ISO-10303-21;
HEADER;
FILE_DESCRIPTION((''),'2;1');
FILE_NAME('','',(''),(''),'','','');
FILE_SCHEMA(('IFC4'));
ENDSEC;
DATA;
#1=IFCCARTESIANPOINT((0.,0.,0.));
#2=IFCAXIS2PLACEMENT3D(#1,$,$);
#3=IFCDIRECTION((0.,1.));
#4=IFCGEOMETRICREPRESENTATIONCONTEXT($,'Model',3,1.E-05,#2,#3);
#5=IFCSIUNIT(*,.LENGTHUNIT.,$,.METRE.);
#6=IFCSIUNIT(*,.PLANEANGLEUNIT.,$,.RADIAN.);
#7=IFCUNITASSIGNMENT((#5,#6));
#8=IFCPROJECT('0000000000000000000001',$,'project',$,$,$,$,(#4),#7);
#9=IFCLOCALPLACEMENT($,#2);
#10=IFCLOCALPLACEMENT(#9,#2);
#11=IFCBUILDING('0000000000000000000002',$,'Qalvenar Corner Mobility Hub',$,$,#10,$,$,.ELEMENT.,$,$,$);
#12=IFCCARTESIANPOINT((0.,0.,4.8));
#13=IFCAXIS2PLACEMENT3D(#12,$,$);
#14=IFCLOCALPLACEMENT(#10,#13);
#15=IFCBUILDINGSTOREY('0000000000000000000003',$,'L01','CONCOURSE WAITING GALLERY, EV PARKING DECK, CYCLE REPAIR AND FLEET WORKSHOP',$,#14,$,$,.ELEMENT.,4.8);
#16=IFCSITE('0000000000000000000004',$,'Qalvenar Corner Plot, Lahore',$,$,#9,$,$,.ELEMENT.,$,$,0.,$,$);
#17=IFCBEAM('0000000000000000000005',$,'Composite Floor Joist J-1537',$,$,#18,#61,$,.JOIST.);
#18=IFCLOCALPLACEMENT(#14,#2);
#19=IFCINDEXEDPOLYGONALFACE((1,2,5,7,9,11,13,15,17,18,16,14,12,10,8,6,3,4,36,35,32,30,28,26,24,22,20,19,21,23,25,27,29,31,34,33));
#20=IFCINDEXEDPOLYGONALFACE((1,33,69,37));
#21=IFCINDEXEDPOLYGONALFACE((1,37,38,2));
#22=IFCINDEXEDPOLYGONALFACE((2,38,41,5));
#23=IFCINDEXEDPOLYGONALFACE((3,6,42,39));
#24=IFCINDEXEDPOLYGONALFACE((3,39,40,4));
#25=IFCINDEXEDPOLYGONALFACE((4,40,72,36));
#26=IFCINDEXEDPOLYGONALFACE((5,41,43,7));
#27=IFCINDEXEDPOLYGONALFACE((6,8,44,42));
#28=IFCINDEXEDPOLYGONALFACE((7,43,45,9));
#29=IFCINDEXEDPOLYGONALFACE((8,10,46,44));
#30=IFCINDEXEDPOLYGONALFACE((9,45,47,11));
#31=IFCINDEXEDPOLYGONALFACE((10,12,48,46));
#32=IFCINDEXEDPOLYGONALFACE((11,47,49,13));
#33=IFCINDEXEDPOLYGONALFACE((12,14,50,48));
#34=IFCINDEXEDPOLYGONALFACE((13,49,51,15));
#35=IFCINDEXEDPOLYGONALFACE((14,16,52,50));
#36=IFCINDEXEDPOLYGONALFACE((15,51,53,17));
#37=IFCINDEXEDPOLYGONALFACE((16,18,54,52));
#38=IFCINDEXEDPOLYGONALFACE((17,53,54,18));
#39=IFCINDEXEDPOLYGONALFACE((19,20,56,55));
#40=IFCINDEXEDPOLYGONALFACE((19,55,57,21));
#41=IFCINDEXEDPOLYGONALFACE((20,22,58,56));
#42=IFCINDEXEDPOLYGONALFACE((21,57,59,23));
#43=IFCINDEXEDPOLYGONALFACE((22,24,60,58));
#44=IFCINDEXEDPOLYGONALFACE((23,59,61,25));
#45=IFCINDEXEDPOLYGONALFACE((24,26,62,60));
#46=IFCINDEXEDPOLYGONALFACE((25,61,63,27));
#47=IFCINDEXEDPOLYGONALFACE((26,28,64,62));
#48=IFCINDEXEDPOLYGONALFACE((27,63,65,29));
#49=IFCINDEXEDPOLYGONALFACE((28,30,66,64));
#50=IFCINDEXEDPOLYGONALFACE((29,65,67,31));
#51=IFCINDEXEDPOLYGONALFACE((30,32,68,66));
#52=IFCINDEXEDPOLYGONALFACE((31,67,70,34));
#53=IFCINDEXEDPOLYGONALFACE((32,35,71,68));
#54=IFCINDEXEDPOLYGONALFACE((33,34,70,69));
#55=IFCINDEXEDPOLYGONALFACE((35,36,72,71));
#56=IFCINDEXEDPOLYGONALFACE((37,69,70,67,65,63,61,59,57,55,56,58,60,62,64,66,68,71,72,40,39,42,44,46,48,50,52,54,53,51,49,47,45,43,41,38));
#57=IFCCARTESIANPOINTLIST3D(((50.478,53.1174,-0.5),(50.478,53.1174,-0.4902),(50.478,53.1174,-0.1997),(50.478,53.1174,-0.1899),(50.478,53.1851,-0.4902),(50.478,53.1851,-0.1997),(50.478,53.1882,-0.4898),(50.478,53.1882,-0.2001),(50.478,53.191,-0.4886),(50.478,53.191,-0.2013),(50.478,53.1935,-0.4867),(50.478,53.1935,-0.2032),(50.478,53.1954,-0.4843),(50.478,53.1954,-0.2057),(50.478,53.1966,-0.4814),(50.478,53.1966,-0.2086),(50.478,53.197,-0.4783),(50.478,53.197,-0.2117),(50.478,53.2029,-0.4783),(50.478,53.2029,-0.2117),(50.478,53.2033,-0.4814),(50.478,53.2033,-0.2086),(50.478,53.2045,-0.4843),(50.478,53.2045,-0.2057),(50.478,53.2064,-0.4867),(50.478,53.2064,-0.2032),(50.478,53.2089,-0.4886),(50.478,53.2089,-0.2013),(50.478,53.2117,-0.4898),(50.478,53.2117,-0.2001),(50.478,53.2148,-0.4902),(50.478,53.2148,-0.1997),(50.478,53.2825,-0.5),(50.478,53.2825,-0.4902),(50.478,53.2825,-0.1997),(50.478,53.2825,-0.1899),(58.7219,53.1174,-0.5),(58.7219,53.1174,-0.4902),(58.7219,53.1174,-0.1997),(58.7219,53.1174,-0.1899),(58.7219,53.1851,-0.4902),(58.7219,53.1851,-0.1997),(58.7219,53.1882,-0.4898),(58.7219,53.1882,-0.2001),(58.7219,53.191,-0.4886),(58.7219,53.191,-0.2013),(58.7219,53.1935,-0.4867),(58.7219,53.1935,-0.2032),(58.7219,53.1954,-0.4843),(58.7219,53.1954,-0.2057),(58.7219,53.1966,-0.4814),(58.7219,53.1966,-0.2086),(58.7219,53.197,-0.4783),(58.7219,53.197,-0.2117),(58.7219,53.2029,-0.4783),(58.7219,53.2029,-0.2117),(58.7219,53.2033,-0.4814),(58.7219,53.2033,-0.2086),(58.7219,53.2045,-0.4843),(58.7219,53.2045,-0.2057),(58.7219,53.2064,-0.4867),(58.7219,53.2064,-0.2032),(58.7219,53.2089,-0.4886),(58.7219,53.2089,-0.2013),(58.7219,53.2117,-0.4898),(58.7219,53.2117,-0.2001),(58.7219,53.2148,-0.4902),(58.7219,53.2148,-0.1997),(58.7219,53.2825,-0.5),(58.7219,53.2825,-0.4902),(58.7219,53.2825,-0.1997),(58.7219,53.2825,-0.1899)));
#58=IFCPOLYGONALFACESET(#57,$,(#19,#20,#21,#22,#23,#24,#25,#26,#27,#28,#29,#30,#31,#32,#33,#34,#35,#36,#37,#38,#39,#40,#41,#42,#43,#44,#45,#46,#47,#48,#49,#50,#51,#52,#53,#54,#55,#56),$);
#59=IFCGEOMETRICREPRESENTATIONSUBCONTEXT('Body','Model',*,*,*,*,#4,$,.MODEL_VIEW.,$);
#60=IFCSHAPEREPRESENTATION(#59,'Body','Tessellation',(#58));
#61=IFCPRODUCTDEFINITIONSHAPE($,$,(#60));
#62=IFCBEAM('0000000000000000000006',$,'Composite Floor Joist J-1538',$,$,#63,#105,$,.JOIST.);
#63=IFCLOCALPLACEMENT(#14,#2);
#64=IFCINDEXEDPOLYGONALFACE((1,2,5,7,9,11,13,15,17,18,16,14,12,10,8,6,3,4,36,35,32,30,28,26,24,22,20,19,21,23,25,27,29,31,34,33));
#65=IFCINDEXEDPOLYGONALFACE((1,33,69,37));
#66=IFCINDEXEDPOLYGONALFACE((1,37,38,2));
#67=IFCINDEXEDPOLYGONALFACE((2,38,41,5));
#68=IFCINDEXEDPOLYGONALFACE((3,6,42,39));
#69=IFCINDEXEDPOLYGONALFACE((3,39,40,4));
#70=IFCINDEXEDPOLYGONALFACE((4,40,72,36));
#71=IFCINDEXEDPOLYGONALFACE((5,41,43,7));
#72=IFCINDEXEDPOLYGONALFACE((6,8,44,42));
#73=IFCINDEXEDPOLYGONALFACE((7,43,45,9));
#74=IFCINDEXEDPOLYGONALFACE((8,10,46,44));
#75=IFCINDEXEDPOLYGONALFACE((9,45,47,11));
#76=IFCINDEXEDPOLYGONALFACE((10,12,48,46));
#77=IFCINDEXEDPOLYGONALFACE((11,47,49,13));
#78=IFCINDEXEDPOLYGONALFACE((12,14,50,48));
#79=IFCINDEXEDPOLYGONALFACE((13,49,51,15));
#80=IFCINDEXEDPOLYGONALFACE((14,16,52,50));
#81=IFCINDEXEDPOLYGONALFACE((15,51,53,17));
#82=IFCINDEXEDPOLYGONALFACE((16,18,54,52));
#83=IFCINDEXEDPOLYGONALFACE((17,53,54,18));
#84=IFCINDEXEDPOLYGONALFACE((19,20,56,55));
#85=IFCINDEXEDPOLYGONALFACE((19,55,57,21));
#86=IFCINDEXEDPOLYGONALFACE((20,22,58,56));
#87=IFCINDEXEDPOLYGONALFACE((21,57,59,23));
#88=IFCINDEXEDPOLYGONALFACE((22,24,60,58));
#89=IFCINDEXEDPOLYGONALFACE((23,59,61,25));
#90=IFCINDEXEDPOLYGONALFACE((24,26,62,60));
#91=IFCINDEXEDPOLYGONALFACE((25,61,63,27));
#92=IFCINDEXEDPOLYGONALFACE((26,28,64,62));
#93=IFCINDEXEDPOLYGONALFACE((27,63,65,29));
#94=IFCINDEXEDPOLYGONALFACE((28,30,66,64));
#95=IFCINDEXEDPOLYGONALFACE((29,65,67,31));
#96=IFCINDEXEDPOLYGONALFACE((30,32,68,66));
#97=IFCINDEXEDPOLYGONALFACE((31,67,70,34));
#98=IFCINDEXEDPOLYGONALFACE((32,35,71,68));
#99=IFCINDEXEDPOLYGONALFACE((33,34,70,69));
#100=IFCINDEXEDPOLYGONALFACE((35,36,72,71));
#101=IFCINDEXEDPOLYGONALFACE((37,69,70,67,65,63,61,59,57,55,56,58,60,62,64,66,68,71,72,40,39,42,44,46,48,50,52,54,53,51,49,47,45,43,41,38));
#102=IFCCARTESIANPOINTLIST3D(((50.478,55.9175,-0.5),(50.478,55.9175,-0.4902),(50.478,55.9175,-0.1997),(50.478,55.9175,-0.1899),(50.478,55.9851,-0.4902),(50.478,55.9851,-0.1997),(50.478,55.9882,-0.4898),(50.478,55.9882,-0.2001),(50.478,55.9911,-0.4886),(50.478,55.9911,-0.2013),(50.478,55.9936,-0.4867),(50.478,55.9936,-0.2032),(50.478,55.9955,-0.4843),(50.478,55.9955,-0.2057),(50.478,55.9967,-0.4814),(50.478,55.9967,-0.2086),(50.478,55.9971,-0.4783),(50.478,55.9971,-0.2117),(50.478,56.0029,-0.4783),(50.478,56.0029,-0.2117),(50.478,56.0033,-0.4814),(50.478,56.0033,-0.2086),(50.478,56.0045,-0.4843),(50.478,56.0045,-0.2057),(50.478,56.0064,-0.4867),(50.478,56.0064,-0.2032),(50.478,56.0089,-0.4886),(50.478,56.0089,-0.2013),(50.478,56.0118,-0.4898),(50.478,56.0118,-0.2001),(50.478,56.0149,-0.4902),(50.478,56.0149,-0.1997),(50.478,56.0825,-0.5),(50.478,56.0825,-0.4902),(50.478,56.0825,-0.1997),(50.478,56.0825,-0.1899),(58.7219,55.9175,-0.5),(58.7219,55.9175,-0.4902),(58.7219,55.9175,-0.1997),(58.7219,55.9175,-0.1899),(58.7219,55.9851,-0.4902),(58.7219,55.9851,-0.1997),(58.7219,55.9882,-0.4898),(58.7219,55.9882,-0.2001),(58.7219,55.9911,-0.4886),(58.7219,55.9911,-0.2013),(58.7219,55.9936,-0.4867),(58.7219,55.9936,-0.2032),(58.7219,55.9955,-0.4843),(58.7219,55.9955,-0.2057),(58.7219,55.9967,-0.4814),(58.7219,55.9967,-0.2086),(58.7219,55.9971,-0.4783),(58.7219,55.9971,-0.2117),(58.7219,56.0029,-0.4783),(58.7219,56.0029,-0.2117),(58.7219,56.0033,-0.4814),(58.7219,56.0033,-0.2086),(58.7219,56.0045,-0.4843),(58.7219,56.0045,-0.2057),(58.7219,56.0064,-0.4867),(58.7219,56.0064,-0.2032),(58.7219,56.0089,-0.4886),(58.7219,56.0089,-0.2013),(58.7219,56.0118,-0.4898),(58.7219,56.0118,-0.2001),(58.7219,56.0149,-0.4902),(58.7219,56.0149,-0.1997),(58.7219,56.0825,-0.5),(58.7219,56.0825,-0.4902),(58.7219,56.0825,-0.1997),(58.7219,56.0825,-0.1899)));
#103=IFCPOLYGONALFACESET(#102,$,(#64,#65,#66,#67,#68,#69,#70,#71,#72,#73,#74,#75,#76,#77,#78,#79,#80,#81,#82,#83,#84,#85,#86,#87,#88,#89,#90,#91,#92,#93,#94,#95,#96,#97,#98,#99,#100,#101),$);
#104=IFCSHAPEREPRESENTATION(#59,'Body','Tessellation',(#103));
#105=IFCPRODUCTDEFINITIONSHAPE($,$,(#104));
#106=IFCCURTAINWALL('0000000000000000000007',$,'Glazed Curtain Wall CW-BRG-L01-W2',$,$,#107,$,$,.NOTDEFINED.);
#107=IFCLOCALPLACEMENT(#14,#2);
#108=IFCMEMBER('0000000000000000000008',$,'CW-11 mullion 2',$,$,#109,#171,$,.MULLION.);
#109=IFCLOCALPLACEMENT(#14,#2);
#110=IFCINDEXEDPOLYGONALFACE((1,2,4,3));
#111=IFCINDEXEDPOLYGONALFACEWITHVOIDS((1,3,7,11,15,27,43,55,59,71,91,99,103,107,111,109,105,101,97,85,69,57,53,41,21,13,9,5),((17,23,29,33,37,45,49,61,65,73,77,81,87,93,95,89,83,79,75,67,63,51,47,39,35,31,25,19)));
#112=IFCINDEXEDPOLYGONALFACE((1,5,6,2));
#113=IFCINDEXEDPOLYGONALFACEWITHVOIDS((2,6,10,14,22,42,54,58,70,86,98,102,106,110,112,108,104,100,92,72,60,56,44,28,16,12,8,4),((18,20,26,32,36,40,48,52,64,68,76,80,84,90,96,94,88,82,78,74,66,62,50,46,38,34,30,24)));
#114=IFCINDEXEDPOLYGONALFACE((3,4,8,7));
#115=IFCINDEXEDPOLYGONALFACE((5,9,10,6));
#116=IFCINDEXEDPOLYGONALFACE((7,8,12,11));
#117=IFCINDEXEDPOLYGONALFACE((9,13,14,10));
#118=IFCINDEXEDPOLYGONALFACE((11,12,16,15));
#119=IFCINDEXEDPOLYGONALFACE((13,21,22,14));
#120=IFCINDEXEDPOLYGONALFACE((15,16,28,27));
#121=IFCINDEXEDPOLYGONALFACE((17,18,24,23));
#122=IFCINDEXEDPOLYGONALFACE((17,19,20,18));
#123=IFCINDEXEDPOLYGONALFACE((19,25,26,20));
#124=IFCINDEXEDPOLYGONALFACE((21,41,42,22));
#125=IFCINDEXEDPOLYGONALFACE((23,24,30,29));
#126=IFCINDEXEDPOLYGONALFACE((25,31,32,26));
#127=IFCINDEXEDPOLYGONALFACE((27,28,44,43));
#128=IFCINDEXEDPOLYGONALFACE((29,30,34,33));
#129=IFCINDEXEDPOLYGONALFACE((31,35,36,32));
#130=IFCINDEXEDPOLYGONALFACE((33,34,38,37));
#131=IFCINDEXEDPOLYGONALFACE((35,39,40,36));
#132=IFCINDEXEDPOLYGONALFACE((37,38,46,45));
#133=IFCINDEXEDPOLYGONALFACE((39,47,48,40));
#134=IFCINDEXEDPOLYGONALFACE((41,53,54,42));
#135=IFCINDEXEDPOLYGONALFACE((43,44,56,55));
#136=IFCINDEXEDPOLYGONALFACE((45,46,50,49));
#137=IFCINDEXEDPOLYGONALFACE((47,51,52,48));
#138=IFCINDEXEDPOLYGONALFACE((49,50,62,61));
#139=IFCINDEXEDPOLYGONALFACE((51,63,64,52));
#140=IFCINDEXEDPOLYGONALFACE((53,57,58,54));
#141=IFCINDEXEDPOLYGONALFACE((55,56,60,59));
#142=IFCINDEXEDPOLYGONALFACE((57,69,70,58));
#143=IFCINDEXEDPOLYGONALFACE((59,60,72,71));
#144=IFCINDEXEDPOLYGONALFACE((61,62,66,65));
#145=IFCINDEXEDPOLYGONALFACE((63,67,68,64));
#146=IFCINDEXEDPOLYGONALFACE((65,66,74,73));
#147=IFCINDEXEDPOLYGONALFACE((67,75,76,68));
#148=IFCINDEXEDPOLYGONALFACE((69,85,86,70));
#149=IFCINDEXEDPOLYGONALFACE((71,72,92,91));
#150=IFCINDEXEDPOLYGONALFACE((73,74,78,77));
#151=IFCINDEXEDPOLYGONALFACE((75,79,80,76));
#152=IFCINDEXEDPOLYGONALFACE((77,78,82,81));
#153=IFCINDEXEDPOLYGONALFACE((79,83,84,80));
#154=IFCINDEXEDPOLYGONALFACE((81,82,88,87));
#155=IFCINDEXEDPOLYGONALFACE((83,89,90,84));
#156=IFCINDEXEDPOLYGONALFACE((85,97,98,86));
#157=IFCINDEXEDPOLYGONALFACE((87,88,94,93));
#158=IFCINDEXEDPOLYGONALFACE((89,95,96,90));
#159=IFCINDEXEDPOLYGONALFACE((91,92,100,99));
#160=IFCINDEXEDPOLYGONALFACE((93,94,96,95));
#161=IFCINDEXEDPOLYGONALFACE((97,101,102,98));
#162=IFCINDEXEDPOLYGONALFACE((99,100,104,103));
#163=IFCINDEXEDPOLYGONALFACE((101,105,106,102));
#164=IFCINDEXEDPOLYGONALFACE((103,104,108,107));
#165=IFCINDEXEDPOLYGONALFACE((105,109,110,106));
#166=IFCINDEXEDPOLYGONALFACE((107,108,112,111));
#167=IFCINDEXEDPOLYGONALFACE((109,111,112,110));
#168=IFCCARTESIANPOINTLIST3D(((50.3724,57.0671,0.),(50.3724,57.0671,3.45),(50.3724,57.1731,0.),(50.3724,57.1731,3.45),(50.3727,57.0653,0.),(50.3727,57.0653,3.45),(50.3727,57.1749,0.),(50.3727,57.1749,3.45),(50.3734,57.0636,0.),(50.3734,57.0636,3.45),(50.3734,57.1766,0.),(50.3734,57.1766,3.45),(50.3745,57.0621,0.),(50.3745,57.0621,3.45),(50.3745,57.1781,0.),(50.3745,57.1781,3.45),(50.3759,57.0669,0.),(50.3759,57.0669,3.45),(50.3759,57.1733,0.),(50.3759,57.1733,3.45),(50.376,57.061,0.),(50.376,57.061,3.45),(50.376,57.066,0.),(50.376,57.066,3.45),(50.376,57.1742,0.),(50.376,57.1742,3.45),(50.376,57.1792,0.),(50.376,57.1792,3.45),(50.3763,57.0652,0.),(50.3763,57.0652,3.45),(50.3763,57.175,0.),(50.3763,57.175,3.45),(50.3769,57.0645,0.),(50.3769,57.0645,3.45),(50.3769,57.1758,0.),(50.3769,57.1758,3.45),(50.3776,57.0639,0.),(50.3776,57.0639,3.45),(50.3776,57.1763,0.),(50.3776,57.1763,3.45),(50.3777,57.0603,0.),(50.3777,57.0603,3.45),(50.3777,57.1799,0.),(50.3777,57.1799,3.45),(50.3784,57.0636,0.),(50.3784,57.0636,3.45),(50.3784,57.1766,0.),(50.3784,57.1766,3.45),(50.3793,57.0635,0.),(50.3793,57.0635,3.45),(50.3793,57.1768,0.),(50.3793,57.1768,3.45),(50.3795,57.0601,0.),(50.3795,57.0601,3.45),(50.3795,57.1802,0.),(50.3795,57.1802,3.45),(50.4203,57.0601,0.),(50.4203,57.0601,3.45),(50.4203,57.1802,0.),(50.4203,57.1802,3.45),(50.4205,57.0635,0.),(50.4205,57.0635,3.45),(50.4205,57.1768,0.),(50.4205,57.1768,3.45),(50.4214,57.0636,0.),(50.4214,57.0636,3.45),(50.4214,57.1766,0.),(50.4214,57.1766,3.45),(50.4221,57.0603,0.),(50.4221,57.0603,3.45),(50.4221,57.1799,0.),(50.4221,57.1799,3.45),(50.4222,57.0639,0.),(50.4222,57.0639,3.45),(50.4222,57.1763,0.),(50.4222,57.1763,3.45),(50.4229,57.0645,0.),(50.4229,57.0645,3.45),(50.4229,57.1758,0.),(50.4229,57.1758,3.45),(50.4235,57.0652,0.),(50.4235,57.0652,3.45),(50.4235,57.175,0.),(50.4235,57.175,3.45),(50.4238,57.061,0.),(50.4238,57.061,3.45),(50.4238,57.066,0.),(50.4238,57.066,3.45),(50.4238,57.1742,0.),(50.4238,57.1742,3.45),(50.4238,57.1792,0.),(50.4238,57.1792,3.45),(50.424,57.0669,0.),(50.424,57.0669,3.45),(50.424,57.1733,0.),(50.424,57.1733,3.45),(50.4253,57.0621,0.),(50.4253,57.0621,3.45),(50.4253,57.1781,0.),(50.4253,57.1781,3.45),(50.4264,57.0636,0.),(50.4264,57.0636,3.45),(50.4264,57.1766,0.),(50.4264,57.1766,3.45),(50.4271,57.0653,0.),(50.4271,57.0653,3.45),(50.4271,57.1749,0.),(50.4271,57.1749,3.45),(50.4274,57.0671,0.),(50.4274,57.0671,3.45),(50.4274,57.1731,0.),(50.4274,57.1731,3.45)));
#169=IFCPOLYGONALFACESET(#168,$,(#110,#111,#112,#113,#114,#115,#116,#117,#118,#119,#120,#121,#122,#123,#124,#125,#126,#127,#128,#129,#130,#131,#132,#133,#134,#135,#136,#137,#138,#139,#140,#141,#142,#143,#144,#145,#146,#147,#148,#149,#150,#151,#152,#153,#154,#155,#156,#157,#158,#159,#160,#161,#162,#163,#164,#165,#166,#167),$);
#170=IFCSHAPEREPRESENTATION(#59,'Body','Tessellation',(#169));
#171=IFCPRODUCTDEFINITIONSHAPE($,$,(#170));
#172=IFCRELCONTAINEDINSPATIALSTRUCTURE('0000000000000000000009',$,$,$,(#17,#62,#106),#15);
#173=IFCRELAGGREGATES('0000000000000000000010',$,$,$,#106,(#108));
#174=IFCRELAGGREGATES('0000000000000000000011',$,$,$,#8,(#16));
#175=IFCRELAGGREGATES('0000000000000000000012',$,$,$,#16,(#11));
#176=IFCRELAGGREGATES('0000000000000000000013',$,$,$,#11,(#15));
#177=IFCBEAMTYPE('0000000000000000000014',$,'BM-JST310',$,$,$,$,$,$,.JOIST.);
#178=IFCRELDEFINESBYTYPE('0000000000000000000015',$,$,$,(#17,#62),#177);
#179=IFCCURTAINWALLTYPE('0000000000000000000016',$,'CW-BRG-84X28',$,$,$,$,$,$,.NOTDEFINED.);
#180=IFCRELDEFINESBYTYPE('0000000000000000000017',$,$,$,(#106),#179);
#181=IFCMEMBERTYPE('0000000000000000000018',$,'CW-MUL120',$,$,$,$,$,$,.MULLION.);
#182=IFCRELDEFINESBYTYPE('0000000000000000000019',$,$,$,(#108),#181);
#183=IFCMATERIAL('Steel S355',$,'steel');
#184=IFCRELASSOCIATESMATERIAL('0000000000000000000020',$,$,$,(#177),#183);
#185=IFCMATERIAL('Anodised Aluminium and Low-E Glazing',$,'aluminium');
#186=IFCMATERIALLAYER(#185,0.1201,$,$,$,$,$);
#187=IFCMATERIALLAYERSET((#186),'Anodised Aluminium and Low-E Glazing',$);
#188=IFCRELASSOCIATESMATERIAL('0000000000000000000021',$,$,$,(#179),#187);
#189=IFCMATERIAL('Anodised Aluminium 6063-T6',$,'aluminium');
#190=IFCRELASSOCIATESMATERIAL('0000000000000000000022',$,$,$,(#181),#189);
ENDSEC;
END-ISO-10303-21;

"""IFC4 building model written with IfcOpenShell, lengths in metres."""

from ifc_helpers import new_model, si_unit, direction, frame, origin, origin_2d, place, context, subcontext, project, spatial, hollow_rectangle, i_section, extrude, material, layer, layer_set, material_profile, profile_set, type_object, element, aggregate, save


model = new_model("IFC4")

# Units and contexts
model_context = context("Model", 3, precision=1e-05, world=origin(), true_north=direction((0.0, 1.0)))
body_context = subcontext(model_context, "Body", "Model", "MODEL_VIEW")
ifc_project = project(units=[si_unit("LENGTHUNIT", "METRE"), si_unit("PLANEANGLEUNIT", "RADIAN")], contexts=[model_context])

# Site, building, storey
site_placement = place(None, origin())
site = spatial("IfcSite", under=ifc_project, at=site_placement, Name="Qalvenar Corner Plot, Lahore", CompositionType="ELEMENT", RefElevation=0.0)
building_placement = place(site_placement, origin())
building = spatial("IfcBuilding", under=site, at=building_placement, Name="Qalvenar Corner Mobility Hub", CompositionType="ELEMENT")
storey_placement = place(building_placement, frame((0.0, 0.0, 4.8)))
storey = spatial("IfcBuildingStorey", under=building, at=storey_placement, Name="L01", Description="CONCOURSE WAITING GALLERY, EV PARKING DECK, CYCLE REPAIR AND FLEET WORKSHOP", CompositionType="ELEMENT", Elevation=4.8)

# Beams
ifc_material_1 = material(Name="Steel S355", Category="steel")
ifc_material_profile_1 = material_profile(ifc_material_1, i_section(OverallWidth=0.165, OverallDepth=0.3101, WebThickness=0.0059, FlangeThickness=0.0098, FilletRadius=0.012, at=origin_2d()), Name="W310x38.7")
ifc_profile_set_1 = profile_set([ifc_material_profile_1], Name="Steel S355")
beam_type = type_object("IfcBeamType", Name="BM-JST310", PredefinedType="JOIST", material=ifc_profile_set_1)
for number, where, z_axis, x_axis, name in (
    (1, (50.478, 53.2, -0.345), (1.0, 0.0, 0.0), (0.0, 1.0, 0.0), "Composite Floor Joist J-1537"),
    (2, (50.478, 56.0, -0.345), (1.0, 0.0, 0.0), (0.0, 1.0, 0.0), "Composite Floor Joist J-1538"),
):
    element("IfcBeam", number, at=place(storey_placement, frame(where, z_axis=z_axis, x_axis=x_axis)), inside=storey, type_object=beam_type, Name=name, PredefinedType="JOIST", context=body_context, shape_type="SweptSolid", body=[
        extrude(i_section(OverallWidth=0.165, OverallDepth=0.3101, WebThickness=0.0059, FlangeThickness=0.0098, FilletRadius=0.012, at=origin_2d()), origin(), (0.0, 0.0, 1.0), 8.2439),
    ])

# Curtain wall, member
ifc_material_2 = material(Name="Anodised Aluminium and Low-E Glazing", Category="aluminium")
ifc_layer_1 = layer(ifc_material_2, 0.1201)
ifc_layer_set_1 = layer_set([ifc_layer_1], Name="Anodised Aluminium and Low-E Glazing")
curtain_wall_type = type_object("IfcCurtainWallType", Name="CW-BRG-84X28", PredefinedType="NOTDEFINED", material=ifc_layer_set_1)
curtain_wall_placement = place(storey_placement, origin())
curtain_wall = element("IfcCurtainWall", 3, at=curtain_wall_placement, inside=storey, type_object=curtain_wall_type, Name="Glazed Curtain Wall CW-BRG-L01-W2", PredefinedType="NOTDEFINED")
ifc_material_3 = material(Name="Anodised Aluminium 6063-T6", Category="aluminium")
ifc_material_profile_2 = material_profile(ifc_material_3, hollow_rectangle(XDim=0.0549, YDim=0.1201, WallThickness=0.0034, InnerFilletRadius=0.0034, OuterFilletRadius=0.0071, at=origin_2d()), Name="RHS120x55x3.5")
ifc_profile_set_2 = profile_set([ifc_material_profile_2], Name="Anodised Aluminium 6063-T6")
member_type_1 = type_object("IfcMemberType", Name="CW-MUL120", PredefinedType="MULLION", material=ifc_profile_set_2)
member_1_placement = place(storey_placement, frame((50.3999, 57.1201, 0.0), z_axis=(0.0, 0.0, 1.0), x_axis=(1.0, 0.0, 0.0)))
member_1 = element("IfcMember", 4, at=member_1_placement, type_object=member_type_1, Name="CW-11 mullion 2", PredefinedType="MULLION", context=body_context, shape_type="SweptSolid", body=[
    extrude(hollow_rectangle(XDim=0.0549, YDim=0.1201, WallThickness=0.0034, InnerFilletRadius=0.0034, OuterFilletRadius=0.0071, at=origin_2d()), origin(), (0.0, 0.0, 1.0), 3.45),
])
aggregate(curtain_wall, [member_1])

save(model, "model.ifc")
